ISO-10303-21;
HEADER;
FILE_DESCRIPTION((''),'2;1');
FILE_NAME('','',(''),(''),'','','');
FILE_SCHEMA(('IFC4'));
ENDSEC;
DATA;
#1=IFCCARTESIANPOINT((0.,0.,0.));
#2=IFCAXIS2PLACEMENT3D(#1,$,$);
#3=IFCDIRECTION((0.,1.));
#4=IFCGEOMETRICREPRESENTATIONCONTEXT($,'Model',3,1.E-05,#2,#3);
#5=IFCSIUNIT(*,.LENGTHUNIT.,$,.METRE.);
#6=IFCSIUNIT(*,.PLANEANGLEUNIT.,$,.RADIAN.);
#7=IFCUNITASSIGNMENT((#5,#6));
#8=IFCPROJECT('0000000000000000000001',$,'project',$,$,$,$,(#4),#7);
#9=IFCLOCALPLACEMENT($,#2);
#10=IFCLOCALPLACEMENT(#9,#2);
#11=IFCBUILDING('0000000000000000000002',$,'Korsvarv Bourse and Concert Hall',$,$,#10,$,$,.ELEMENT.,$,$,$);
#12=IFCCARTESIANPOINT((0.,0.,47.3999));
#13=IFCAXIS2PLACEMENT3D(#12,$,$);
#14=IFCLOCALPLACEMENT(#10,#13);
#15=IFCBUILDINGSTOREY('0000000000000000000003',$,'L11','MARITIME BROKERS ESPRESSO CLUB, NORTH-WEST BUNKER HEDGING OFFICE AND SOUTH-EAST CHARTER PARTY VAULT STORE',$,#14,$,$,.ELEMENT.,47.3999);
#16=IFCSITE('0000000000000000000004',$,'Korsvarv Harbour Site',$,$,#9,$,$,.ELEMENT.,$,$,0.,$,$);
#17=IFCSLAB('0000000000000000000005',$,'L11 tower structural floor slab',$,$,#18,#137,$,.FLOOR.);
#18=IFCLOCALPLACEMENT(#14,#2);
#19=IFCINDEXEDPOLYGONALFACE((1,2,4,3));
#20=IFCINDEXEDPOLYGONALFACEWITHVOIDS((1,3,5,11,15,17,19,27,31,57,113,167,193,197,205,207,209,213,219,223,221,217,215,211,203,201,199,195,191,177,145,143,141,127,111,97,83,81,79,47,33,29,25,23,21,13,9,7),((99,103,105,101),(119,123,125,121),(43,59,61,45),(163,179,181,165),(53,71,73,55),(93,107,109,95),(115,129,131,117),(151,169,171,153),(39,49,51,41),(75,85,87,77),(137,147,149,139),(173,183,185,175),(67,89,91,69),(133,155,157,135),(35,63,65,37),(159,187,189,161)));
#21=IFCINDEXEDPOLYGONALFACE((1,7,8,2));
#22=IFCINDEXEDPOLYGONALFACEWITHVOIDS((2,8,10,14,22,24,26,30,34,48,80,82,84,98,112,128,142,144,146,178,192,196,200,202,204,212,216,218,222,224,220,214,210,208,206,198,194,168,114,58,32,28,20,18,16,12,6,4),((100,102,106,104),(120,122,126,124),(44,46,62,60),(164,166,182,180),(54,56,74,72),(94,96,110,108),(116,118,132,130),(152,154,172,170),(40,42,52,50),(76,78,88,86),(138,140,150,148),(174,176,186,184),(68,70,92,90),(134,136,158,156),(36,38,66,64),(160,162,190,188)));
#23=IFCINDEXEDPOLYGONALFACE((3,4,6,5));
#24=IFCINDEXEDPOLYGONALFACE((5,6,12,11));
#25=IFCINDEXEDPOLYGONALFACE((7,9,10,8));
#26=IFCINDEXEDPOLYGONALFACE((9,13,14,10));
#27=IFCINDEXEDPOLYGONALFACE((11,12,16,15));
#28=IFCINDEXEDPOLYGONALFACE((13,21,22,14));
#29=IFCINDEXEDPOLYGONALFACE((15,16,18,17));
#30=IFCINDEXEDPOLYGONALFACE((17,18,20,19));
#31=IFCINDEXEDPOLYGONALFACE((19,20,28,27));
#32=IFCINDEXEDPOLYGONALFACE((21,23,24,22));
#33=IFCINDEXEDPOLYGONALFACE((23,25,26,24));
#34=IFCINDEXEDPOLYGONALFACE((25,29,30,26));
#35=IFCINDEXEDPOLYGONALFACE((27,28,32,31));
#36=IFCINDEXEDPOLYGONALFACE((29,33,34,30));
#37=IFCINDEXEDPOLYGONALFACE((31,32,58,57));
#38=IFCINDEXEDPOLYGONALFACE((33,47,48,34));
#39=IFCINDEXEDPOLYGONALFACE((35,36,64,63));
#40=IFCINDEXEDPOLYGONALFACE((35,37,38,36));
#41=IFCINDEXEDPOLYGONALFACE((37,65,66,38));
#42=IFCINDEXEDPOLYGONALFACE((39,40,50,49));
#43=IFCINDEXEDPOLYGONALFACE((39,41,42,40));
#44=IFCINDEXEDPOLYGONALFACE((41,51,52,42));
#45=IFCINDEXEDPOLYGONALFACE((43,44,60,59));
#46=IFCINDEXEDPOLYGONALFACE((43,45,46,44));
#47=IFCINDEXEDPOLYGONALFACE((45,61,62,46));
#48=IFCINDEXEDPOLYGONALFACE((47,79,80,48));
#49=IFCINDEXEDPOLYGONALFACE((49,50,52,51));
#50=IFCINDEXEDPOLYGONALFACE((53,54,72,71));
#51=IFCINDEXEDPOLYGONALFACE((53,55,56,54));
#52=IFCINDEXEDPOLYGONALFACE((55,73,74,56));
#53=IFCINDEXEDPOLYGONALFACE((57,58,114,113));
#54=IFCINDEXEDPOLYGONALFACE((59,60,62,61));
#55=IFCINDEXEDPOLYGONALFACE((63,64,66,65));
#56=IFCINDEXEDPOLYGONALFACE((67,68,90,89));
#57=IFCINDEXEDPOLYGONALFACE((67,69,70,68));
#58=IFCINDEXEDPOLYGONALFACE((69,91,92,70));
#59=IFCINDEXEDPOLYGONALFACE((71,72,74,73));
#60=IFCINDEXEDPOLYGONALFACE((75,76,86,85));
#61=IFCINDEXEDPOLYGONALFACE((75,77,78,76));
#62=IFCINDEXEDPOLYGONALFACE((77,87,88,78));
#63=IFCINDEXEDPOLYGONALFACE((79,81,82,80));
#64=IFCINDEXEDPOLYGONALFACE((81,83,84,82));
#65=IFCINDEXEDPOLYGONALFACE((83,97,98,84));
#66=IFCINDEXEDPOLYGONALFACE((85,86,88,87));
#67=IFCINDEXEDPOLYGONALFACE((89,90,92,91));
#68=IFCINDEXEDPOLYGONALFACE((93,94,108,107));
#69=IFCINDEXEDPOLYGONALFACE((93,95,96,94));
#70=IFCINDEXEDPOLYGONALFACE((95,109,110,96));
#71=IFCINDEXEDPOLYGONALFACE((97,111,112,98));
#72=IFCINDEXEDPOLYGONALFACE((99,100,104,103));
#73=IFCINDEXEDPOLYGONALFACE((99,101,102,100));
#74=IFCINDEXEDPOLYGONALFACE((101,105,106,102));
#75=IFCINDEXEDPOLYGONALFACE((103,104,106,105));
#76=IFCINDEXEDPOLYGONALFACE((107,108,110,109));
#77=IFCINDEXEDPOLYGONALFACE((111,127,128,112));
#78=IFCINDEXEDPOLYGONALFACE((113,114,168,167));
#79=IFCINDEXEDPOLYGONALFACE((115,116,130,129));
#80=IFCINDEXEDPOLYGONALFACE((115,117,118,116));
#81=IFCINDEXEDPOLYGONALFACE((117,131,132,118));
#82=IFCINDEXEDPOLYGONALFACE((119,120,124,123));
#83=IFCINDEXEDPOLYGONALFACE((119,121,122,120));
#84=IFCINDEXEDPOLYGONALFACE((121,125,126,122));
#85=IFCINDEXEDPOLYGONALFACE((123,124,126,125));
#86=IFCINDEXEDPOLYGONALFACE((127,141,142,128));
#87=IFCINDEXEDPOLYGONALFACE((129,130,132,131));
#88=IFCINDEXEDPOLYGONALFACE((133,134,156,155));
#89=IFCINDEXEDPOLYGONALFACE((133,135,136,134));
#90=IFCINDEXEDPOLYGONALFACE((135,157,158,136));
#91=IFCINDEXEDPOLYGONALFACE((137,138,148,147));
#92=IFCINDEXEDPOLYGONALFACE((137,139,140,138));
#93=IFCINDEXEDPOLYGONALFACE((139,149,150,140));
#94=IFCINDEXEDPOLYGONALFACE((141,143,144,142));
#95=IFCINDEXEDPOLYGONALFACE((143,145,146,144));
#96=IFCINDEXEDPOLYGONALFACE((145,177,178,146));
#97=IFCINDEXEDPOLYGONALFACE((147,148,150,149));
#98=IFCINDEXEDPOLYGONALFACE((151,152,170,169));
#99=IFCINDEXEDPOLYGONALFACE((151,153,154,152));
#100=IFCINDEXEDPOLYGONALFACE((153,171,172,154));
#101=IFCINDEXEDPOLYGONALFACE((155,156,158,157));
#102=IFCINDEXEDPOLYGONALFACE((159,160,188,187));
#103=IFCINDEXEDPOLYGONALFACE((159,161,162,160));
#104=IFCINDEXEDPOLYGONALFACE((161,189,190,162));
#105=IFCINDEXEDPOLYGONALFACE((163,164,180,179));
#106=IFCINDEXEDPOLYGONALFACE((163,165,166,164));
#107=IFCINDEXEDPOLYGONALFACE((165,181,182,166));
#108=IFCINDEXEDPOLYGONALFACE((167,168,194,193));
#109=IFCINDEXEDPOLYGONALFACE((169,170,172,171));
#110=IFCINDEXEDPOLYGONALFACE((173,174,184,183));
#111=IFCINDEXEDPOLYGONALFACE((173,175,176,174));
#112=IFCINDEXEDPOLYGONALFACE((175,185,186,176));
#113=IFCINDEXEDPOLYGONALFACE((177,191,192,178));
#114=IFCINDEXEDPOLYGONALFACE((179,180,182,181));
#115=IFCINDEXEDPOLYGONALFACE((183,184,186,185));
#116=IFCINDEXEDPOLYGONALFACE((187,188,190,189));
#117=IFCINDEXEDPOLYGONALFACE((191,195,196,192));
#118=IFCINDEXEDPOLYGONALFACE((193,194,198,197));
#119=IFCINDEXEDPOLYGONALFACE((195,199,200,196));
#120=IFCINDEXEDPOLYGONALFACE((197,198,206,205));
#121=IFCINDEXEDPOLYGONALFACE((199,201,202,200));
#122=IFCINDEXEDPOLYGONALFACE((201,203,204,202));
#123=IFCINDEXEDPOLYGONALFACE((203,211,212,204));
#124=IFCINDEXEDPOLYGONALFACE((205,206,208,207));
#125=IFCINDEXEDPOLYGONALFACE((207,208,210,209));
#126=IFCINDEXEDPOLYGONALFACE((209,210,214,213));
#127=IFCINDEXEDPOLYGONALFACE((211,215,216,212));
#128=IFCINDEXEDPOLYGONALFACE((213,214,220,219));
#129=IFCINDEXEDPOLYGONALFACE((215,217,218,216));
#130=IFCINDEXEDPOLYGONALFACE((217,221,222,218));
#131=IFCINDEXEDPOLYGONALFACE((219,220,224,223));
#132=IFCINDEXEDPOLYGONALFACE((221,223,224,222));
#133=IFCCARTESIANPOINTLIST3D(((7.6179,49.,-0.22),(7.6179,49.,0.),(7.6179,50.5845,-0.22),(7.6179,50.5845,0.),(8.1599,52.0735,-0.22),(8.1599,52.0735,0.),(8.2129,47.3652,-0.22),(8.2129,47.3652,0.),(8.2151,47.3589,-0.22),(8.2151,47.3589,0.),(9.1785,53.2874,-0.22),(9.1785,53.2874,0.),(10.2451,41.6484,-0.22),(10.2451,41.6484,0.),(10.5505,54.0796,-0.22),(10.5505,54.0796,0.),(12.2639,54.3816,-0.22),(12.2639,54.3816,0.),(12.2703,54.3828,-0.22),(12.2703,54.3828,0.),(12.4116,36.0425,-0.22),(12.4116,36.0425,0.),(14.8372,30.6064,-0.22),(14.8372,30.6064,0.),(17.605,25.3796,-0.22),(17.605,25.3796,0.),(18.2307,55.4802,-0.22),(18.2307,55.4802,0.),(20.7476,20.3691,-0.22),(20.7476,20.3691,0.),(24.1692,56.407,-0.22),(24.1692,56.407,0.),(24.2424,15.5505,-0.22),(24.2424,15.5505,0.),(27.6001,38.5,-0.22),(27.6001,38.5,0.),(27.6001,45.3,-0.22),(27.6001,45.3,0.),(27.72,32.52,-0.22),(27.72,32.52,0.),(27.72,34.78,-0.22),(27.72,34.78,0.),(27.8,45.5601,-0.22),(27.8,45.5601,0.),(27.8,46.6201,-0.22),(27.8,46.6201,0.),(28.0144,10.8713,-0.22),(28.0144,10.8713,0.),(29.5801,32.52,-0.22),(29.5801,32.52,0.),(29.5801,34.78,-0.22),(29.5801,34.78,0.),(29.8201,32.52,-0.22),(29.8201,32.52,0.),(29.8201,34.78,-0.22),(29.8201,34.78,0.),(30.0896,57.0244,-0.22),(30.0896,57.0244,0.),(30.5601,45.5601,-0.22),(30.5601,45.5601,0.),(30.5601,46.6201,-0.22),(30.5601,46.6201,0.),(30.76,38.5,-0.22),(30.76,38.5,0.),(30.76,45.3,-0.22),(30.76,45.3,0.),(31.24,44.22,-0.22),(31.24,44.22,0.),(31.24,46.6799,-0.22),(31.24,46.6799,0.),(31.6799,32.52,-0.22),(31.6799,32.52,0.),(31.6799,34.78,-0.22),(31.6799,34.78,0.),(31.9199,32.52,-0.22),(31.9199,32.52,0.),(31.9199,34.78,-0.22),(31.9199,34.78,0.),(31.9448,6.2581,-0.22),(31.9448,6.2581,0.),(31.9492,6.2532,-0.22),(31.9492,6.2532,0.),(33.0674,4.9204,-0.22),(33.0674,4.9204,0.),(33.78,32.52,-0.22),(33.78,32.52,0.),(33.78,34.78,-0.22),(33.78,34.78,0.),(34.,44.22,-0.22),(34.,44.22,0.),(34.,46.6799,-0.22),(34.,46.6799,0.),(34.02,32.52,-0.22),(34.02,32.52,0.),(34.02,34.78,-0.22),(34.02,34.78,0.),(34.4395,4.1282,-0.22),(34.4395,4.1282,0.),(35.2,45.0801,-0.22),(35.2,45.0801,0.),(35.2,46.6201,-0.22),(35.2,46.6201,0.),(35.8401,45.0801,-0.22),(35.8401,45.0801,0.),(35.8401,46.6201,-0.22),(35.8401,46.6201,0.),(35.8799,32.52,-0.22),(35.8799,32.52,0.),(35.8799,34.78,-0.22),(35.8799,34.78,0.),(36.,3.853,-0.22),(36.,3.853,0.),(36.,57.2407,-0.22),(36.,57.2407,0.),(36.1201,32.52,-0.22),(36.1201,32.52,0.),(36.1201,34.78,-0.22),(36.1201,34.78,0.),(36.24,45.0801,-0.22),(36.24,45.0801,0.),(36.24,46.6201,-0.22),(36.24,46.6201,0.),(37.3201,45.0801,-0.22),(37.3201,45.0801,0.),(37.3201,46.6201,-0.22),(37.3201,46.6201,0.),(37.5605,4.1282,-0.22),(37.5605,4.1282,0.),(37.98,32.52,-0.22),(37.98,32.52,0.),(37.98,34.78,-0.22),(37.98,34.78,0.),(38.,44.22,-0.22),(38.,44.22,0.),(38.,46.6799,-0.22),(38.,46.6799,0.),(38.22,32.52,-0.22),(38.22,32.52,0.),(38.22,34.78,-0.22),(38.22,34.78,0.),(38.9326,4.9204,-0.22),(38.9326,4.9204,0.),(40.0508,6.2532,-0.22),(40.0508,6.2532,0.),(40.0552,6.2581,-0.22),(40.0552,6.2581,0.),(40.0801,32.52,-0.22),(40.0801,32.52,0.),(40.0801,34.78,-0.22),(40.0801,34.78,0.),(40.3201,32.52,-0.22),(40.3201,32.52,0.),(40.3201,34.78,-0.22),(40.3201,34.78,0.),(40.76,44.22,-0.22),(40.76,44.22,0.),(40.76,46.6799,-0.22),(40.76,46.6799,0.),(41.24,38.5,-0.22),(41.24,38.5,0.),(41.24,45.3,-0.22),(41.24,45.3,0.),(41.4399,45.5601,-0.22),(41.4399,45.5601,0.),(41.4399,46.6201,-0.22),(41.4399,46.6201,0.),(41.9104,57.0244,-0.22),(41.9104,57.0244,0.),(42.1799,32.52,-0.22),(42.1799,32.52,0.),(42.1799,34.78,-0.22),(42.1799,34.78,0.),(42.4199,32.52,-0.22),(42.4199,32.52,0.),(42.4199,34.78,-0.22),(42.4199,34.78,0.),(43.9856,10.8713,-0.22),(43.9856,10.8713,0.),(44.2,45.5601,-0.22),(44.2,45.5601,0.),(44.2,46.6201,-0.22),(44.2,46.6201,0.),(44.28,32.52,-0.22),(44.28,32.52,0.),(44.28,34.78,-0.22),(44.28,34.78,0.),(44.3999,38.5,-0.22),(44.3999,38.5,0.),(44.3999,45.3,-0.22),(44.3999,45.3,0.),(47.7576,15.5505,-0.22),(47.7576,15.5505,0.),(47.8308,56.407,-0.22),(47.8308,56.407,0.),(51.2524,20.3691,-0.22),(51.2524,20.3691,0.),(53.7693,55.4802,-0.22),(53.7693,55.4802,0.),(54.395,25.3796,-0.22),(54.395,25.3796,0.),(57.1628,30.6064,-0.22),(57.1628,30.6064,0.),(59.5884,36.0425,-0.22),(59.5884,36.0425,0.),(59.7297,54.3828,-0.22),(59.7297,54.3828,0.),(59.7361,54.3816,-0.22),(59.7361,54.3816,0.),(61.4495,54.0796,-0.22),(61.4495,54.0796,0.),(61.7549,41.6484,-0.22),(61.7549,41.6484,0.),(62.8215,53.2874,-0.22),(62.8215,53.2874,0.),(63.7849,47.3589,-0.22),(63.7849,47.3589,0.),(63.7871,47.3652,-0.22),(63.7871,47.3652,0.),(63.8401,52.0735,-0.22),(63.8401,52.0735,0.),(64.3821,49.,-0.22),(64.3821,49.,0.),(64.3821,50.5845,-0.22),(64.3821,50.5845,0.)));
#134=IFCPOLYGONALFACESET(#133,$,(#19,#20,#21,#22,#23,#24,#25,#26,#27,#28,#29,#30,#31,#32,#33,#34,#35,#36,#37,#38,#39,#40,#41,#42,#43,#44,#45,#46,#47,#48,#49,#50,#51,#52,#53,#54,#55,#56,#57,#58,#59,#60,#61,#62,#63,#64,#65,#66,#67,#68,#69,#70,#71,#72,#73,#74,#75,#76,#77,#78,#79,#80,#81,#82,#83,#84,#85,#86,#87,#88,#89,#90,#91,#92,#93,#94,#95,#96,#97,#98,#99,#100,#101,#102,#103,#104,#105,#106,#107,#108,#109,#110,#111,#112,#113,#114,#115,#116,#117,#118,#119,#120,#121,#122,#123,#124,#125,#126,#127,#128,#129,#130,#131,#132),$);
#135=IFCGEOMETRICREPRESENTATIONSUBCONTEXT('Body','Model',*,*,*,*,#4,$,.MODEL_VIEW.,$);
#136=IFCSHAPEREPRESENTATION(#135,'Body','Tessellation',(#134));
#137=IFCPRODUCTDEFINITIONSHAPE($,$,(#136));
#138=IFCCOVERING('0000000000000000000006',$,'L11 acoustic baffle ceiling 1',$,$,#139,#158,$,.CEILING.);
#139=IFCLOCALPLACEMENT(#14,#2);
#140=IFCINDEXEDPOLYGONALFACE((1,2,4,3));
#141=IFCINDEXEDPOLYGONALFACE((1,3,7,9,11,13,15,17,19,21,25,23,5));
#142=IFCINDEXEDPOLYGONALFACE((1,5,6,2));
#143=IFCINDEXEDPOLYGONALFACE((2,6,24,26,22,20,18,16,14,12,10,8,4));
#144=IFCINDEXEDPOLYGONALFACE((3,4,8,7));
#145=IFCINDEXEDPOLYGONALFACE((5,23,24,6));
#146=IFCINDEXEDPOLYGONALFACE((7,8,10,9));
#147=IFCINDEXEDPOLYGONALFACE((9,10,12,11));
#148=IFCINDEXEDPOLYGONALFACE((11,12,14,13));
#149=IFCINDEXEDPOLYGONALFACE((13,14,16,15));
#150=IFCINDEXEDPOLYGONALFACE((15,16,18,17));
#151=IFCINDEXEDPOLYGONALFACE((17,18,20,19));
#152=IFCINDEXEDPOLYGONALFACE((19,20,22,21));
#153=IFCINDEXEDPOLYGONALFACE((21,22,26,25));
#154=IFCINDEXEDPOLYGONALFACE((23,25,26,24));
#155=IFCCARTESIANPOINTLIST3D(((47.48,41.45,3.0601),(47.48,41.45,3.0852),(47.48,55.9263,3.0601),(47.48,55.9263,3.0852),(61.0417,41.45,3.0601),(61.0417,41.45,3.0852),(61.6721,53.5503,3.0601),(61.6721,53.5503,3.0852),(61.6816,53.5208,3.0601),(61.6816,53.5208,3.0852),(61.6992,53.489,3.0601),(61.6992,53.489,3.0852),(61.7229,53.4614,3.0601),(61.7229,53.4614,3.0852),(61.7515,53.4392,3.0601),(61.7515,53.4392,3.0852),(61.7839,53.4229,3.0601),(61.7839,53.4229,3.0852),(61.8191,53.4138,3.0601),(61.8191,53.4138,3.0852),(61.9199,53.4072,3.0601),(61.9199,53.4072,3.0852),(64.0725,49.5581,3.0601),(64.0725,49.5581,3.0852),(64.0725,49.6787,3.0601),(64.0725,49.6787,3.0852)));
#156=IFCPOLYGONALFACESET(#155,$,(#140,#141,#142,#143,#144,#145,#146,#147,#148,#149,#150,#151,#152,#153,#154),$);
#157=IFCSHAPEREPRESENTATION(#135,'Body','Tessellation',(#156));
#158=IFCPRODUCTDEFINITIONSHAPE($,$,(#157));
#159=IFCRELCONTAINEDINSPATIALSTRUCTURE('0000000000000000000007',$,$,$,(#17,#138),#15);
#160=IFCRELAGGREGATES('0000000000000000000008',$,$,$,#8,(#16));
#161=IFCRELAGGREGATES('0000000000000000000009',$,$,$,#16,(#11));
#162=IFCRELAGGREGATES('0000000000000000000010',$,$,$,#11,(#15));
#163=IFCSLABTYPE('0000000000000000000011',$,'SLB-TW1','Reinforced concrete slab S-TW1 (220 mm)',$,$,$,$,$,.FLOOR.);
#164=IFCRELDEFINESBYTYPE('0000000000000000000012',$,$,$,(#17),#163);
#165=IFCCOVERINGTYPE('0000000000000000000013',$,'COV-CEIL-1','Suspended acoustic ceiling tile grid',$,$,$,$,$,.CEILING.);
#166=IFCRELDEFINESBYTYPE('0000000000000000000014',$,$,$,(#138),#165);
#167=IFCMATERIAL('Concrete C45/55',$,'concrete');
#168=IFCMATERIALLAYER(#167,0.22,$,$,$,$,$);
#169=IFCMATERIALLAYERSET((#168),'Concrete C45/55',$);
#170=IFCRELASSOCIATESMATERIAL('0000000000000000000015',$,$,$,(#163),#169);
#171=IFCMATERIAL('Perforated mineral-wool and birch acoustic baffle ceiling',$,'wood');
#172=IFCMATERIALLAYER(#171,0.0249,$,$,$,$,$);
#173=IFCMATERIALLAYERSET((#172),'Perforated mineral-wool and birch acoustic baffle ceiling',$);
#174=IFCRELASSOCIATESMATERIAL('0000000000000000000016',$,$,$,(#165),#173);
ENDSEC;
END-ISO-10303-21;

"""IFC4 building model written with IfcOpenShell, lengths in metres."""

from ifc_helpers import new_model, si_unit, direction, frame, origin, place, context, subcontext, project, spatial, polyline, outline, extrude, material, layer, layer_set, type_object, element, save


model = new_model("IFC4")

# Units and contexts
model_context = context("Model", 3, precision=1e-05, world=origin(), true_north=direction((0.0, 1.0)))
body_context = subcontext(model_context, "Body", "Model", "MODEL_VIEW")
ifc_project = project(units=[si_unit("LENGTHUNIT", "METRE"), si_unit("PLANEANGLEUNIT", "RADIAN")], contexts=[model_context])

# Site, building, storey
site_placement = place(None, origin())
site = spatial("IfcSite", under=ifc_project, at=site_placement, Name="Korsvarv Harbour Site", CompositionType="ELEMENT", RefElevation=0.0)
building_placement = place(site_placement, origin())
building = spatial("IfcBuilding", under=site, at=building_placement, Name="Korsvarv Bourse and Concert Hall", CompositionType="ELEMENT")
storey_placement = place(building_placement, frame((0.0, 0.0, 47.3999)))
storey = spatial("IfcBuildingStorey", under=building, at=storey_placement, Name="L11", Description="MARITIME BROKERS ESPRESSO CLUB, NORTH-WEST BUNKER HEDGING OFFICE AND SOUTH-EAST CHARTER PARTY VAULT STORE", CompositionType="ELEMENT", Elevation=47.3999)

# Slab
ifc_material_1 = material(Name="Concrete C45/55", Category="concrete")
ifc_layer_1 = layer(ifc_material_1, 0.22)
ifc_layer_set_1 = layer_set([ifc_layer_1], Name="Concrete C45/55")
slab_type_1 = type_object("IfcSlabType", Name="SLB-TW1", Description="Reinforced concrete slab S-TW1 (220 mm)", PredefinedType="FLOOR", material=ifc_layer_set_1)
slab_1_placement = place(storey_placement, frame((0.0, 0.0, -0.22)))
element("IfcSlab", 1, at=slab_1_placement, inside=storey, type_object=slab_type_1, Name="L11 tower structural floor slab", PredefinedType="FLOOR", context=body_context, shape_type="SweptSolid", body=[
    extrude(outline(polyline([(63.7849, 47.3589), (61.7549, 41.6484), (59.5884, 36.0425), (57.1628, 30.6064), (54.395, 25.3796), (51.2524, 20.3691), (47.7576, 15.5505), (43.9856, 10.8713), (40.0552, 6.2581), (40.0508, 6.2532), (38.9326, 4.9204), (37.5605, 4.1282), (36.0, 3.853), (34.4395, 4.1282), (33.0674, 4.9204), (31.9492, 6.2532), (31.9448, 6.2581), (28.0144, 10.8713), (24.2424, 15.5505), (20.7476, 20.3691), (17.605, 25.3796), (14.8372, 30.6064), (12.4116, 36.0425), (10.2451, 41.6484), (8.2151, 47.3589), (8.2129, 47.3652), (7.6179, 49.0), (7.6179, 50.5845), (8.1599, 52.0735), (9.1785, 53.2874), (10.5505, 54.0796), (12.2639, 54.3816), (12.2703, 54.3828), (18.2307, 55.4802), (24.1692, 56.407), (30.0896, 57.0244), (36.0, 57.2407), (41.9104, 57.0244), (47.8308, 56.407), (53.7693, 55.4802), (59.7297, 54.3828), (59.7361, 54.3816), (61.4495, 54.0796), (62.8215, 53.2874), (63.8401, 52.0735), (64.3821, 50.5845), (64.3821, 49.0), (63.7871, 47.3652), (63.7849, 47.3589)]), holes=[polyline([(30.76, 38.5), (30.76, 45.3), (27.6001, 45.3), (27.6001, 38.5), (30.76, 38.5)]), polyline([(44.3999, 38.5), (44.3999, 45.3), (41.24, 45.3), (41.24, 38.5), (44.3999, 38.5)]), polyline([(31.24, 44.22), (34.0, 44.22), (34.0, 46.6799), (31.24, 46.6799), (31.24, 44.22)]), polyline([(38.0, 44.22), (40.76, 44.22), (40.76, 46.6799), (38.0, 46.6799), (38.0, 44.22)]), polyline([(27.72, 32.52), (29.5801, 32.52), (29.5801, 34.78), (27.72, 34.78), (27.72, 32.52)]), polyline([(29.8201, 32.52), (31.6799, 32.52), (31.6799, 34.78), (29.8201, 34.78), (29.8201, 32.52)]), polyline([(31.9199, 32.52), (33.78, 32.52), (33.78, 34.78), (31.9199, 34.78), (31.9199, 32.52)]), polyline([(34.02, 32.52), (35.8799, 32.52), (35.8799, 34.78), (34.02, 34.78), (34.02, 32.52)]), polyline([(36.1201, 32.52), (37.98, 32.52), (37.98, 34.78), (36.1201, 34.78), (36.1201, 32.52)]), polyline([(38.22, 32.52), (40.0801, 32.52), (40.0801, 34.78), (38.22, 34.78), (38.22, 32.52)]), polyline([(40.3201, 32.52), (42.1799, 32.52), (42.1799, 34.78), (40.3201, 34.78), (40.3201, 32.52)]), polyline([(42.4199, 32.52), (44.28, 32.52), (44.28, 34.78), (42.4199, 34.78), (42.4199, 32.52)]), polyline([(27.8, 45.5601), (30.5601, 45.5601), (30.5601, 46.6201), (27.8, 46.6201), (27.8, 45.5601)]), polyline([(41.4399, 45.5601), (44.2, 45.5601), (44.2, 46.6201), (41.4399, 46.6201), (41.4399, 45.5601)]), polyline([(35.2, 45.0801), (35.8401, 45.0801), (35.8401, 46.6201), (35.2, 46.6201), (35.2, 45.0801)]), polyline([(36.24, 45.0801), (37.3201, 45.0801), (37.3201, 46.6201), (36.24, 46.6201), (36.24, 45.0801)])]), origin(), (0.0, 0.0, 1.0), 0.22),
])

# Covering
ifc_material_2 = material(Name="Perforated mineral-wool and birch acoustic baffle ceiling", Category="wood")
ifc_layer_2 = layer(ifc_material_2, 0.0249)
ifc_layer_set_2 = layer_set([ifc_layer_2], Name="Perforated mineral-wool and birch acoustic baffle ceiling")
covering_type_1 = type_object("IfcCoveringType", Name="COV-CEIL-1", Description="Suspended acoustic ceiling tile grid", PredefinedType="CEILING", material=ifc_layer_set_2)
covering_1_placement = place(storey_placement, frame((0.0, 0.0, 3.0601)))
element("IfcCovering", 2, at=covering_1_placement, inside=storey, type_object=covering_type_1, Name="L11 acoustic baffle ceiling 1", PredefinedType="CEILING", context=body_context, shape_type="SweptSolid", body=[
    extrude(outline(polyline([(47.48, 55.9263), (61.6721, 53.5503), (61.6816, 53.5208), (61.6992, 53.489), (61.7229, 53.4614), (61.7515, 53.4392), (61.7839, 53.4229), (61.8191, 53.4138), (61.9199, 53.4072), (64.0725, 49.6787), (64.0725, 49.5581), (61.0417, 41.45), (47.48, 41.45), (47.48, 55.9263)])), origin(), (0.0, 0.0, 1.0), 0.0251),
])

save(model, "model.ifc")
